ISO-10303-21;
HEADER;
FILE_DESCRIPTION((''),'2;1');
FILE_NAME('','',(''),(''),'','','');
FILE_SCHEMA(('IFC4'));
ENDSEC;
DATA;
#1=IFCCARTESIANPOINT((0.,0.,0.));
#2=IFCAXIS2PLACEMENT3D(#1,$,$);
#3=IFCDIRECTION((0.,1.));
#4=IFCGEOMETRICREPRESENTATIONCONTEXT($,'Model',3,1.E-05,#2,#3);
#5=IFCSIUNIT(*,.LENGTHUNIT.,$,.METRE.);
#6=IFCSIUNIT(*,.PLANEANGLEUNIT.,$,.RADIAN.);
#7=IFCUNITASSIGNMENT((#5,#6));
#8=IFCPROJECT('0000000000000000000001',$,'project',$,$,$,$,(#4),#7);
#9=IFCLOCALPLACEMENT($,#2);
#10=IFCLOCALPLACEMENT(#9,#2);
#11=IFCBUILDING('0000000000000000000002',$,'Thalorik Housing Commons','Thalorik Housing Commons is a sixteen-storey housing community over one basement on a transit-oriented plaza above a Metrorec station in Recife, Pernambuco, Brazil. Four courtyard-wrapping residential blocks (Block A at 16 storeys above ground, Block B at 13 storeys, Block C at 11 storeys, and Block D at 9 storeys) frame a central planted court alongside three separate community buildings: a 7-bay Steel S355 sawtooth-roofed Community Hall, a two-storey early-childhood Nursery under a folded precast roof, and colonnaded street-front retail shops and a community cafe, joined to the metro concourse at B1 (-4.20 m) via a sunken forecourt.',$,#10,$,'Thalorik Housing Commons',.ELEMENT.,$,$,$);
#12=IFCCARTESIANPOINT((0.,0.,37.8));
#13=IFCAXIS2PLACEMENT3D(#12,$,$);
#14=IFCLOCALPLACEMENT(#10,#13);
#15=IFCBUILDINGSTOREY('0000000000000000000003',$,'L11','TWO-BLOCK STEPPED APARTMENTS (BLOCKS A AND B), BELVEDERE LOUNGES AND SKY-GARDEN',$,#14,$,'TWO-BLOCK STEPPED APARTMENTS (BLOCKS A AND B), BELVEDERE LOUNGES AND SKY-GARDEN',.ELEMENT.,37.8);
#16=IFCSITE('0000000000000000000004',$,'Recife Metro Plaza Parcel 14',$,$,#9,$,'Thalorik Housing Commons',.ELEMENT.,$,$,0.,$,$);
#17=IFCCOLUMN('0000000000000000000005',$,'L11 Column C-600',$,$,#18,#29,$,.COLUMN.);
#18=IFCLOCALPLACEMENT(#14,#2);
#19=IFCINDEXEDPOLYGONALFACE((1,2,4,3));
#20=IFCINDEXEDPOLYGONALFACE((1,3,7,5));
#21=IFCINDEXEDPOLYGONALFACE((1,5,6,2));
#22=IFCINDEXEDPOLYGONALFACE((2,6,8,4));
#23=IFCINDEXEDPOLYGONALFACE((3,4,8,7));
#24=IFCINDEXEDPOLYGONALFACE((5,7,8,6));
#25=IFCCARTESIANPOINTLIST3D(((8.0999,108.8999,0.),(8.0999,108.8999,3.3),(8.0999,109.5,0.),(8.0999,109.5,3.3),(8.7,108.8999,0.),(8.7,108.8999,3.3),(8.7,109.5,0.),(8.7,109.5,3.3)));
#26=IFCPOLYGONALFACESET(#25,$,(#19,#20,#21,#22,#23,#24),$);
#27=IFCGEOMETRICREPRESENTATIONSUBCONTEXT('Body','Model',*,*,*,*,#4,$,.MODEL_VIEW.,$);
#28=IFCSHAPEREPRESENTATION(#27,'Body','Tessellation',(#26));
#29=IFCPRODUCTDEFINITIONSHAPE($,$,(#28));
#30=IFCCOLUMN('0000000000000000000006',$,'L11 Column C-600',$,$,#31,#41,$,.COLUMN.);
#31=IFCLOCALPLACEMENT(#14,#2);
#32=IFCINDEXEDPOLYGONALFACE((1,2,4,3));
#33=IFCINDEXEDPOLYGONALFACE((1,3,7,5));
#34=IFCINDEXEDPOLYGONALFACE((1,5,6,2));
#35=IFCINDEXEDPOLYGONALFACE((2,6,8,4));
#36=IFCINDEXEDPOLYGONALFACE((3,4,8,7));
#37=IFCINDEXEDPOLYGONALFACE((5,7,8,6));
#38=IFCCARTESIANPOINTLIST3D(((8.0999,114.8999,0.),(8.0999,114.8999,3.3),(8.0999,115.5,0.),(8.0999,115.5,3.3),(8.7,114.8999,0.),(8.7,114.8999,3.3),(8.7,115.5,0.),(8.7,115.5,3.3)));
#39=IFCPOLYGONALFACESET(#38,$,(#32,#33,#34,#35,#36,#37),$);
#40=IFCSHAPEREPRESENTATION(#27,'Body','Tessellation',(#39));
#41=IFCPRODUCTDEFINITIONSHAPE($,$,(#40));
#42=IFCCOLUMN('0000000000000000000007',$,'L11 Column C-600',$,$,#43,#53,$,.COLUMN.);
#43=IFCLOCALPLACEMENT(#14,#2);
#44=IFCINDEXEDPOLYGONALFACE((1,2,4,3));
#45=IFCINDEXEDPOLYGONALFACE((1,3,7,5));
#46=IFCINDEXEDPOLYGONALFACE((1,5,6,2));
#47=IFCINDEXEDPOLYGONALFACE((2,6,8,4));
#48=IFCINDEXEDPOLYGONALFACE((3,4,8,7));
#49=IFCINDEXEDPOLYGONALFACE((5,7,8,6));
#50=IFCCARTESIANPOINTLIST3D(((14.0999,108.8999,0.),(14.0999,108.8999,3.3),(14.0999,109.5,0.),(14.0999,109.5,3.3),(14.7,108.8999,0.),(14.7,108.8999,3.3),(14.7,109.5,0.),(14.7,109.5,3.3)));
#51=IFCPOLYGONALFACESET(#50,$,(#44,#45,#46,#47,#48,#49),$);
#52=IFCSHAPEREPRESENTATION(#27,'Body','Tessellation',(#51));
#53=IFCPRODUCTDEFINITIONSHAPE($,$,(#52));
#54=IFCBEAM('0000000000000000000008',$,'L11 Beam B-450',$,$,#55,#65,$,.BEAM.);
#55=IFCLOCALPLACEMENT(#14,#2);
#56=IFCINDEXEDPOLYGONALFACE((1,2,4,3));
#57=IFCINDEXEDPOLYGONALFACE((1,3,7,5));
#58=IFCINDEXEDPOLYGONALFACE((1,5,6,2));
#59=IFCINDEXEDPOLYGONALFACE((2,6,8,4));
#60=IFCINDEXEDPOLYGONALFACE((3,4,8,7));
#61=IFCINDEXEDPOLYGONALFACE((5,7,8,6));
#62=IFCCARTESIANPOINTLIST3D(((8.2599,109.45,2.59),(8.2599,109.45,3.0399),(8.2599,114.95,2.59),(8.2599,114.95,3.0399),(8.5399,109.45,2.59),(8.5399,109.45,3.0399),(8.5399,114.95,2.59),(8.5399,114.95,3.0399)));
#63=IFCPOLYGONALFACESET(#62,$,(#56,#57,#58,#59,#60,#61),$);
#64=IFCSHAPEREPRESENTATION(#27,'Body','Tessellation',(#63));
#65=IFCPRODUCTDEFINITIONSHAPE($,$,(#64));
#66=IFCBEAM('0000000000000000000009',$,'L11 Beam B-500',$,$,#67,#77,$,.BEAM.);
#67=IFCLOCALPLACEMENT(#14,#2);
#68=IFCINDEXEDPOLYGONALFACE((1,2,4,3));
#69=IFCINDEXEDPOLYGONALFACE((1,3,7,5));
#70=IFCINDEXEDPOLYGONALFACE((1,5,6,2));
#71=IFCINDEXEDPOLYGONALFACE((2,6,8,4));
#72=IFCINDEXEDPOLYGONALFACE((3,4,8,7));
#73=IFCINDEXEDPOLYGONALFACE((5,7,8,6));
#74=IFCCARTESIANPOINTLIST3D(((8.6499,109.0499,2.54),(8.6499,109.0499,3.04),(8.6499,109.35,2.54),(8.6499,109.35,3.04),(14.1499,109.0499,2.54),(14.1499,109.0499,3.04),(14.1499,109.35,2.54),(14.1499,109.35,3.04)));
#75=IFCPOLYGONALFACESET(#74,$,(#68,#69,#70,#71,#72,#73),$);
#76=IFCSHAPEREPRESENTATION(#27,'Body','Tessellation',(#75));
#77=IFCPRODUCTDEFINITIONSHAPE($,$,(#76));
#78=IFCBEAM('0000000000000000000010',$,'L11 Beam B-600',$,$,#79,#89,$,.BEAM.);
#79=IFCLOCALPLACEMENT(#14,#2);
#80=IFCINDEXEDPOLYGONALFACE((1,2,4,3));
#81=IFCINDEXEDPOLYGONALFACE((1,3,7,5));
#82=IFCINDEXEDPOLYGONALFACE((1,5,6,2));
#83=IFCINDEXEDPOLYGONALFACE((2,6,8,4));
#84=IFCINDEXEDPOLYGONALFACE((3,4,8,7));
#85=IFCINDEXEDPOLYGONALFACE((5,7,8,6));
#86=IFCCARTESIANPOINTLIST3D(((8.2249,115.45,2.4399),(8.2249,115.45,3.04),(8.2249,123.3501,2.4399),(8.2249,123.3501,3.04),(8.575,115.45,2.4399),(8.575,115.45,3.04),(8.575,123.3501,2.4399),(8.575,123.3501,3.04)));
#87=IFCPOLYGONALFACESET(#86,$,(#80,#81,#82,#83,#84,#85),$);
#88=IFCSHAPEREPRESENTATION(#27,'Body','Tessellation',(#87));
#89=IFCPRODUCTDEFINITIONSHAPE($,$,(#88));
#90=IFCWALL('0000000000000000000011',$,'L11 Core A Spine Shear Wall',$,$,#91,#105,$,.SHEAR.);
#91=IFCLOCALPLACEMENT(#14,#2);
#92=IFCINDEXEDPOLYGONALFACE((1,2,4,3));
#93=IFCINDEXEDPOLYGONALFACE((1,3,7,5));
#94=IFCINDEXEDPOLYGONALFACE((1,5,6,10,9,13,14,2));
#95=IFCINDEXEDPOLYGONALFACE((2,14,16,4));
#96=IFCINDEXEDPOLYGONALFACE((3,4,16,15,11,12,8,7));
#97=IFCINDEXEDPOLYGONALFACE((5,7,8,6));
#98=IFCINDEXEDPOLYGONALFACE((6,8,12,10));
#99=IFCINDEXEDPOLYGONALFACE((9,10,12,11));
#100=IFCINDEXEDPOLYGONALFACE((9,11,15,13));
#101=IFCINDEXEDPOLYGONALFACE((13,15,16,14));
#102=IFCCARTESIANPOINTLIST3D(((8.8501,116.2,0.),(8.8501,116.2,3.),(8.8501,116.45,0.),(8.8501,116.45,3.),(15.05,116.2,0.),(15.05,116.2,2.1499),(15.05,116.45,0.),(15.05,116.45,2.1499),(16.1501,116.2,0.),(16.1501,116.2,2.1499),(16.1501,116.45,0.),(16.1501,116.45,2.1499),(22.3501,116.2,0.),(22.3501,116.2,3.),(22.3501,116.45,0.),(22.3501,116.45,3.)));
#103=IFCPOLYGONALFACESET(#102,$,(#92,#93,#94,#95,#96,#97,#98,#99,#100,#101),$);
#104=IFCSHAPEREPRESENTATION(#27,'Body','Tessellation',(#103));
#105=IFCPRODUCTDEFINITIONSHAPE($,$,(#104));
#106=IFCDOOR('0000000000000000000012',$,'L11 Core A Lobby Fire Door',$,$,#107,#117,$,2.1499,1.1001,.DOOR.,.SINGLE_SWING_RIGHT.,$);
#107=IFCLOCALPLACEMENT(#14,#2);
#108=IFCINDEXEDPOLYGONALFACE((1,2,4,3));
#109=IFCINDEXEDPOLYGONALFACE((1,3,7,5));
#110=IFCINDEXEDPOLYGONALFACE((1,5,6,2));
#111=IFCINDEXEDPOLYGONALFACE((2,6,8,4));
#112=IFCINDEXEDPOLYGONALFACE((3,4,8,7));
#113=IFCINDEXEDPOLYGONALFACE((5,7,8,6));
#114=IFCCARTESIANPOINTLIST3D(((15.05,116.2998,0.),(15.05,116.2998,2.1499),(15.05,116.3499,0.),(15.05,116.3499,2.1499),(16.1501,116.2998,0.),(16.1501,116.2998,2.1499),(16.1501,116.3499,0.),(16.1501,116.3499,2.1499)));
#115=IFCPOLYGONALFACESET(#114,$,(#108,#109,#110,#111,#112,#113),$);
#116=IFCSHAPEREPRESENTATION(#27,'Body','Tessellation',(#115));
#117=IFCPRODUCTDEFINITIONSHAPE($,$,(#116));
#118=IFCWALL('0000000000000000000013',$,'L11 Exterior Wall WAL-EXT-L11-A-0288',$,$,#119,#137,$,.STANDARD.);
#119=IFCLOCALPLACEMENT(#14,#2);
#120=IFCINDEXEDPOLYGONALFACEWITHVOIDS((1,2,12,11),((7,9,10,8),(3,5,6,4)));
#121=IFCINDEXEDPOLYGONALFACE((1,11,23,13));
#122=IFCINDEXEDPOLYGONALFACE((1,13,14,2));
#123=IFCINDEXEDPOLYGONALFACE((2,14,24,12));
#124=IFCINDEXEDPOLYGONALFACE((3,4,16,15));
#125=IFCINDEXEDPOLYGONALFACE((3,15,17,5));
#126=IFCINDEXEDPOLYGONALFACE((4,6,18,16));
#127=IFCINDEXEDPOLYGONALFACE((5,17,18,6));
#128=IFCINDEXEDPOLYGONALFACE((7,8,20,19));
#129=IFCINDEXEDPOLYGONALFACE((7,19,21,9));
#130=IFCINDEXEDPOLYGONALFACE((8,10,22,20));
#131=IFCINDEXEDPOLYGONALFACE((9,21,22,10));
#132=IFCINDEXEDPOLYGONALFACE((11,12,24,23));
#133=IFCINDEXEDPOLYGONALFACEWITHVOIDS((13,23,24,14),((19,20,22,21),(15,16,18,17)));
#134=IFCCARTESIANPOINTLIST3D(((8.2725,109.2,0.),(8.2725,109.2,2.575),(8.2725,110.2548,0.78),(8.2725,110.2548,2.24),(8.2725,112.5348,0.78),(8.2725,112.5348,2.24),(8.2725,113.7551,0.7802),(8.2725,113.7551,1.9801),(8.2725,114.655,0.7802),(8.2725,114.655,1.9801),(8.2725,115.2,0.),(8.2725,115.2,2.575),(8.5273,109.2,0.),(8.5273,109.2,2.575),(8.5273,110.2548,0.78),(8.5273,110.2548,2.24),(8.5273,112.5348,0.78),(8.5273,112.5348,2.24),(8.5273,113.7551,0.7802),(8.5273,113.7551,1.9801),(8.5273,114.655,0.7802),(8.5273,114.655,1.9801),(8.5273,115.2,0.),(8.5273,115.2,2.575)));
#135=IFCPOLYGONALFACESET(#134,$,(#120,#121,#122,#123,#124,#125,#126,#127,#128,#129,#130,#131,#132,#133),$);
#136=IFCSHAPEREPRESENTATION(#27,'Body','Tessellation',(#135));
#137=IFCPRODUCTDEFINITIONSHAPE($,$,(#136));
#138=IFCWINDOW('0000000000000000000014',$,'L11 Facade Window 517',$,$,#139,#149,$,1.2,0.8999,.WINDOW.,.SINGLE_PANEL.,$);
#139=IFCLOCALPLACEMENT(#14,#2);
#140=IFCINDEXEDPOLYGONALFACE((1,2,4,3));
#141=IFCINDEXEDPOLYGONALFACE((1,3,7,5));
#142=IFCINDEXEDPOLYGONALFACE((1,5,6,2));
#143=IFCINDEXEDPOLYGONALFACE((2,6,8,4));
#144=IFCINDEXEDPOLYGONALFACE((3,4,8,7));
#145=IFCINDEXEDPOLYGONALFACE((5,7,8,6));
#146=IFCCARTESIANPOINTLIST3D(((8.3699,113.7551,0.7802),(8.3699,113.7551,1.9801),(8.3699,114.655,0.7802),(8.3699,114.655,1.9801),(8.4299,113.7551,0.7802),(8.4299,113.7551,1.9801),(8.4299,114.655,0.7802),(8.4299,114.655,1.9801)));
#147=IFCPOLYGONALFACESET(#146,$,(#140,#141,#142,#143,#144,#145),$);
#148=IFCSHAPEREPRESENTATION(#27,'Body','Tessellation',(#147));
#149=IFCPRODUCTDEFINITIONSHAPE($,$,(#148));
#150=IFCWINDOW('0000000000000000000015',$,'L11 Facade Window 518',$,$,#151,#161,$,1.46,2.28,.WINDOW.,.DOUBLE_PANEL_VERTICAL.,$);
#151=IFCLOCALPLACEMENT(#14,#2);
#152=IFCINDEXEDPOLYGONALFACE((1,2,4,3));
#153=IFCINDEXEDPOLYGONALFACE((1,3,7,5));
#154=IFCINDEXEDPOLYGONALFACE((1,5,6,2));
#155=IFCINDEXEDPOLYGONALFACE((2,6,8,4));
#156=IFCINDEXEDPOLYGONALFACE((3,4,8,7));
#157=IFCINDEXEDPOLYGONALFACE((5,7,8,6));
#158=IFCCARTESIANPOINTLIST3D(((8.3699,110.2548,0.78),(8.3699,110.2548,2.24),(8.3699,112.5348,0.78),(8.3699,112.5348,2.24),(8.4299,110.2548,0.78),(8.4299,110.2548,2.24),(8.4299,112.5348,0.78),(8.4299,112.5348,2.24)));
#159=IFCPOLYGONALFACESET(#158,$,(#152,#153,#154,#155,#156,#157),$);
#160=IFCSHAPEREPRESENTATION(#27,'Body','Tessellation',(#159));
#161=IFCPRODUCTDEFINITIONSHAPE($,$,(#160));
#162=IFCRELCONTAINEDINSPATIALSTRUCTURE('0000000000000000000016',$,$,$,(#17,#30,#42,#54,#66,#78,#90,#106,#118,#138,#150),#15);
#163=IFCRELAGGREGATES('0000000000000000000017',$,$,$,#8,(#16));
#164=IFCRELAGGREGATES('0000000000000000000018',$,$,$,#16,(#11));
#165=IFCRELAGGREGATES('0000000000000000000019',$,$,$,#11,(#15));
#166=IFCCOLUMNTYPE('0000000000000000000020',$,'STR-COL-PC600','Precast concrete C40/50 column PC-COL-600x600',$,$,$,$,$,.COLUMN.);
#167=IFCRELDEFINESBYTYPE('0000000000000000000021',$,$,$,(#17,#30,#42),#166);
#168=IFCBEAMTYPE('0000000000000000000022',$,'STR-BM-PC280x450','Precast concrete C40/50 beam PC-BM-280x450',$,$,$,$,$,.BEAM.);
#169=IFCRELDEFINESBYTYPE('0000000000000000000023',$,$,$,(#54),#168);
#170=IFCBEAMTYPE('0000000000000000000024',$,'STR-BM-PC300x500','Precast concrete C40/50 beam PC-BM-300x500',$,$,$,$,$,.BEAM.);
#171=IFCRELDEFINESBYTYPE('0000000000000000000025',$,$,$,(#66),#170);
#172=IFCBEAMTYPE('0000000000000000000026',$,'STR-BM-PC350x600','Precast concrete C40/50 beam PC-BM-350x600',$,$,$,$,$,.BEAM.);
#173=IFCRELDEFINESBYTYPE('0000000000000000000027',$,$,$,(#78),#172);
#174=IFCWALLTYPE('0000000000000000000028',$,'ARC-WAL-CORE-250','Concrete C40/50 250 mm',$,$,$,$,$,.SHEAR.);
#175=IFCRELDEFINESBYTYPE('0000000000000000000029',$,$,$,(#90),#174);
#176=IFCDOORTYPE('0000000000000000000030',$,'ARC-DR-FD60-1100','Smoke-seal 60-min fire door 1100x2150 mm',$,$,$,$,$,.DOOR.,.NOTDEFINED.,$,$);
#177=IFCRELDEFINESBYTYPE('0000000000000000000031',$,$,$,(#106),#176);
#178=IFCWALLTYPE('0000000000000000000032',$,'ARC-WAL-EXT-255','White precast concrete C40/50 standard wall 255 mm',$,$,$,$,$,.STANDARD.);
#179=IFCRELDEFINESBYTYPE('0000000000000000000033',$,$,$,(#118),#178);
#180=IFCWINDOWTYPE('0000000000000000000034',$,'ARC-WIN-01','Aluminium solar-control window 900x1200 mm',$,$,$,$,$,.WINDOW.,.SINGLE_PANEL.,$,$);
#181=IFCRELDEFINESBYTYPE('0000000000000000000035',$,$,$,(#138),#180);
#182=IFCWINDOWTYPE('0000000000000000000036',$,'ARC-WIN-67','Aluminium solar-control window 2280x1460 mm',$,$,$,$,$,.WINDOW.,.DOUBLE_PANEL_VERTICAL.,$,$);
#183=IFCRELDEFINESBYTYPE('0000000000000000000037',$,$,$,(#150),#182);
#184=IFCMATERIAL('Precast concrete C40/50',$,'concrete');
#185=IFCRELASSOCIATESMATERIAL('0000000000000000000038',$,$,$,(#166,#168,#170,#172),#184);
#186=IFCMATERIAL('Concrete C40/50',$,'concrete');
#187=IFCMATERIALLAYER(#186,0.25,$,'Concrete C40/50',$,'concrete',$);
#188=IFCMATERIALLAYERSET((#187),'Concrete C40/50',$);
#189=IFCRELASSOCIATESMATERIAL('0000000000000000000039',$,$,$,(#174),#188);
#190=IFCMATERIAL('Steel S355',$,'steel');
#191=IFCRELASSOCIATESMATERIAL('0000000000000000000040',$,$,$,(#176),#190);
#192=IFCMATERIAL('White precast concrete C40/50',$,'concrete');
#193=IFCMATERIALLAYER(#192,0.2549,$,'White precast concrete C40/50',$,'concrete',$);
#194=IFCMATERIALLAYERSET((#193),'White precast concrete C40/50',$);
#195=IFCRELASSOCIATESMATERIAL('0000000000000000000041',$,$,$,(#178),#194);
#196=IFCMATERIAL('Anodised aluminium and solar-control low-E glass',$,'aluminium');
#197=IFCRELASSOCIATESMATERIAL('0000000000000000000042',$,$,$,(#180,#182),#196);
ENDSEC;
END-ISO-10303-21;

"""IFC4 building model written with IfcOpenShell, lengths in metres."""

from ifc_helpers import new_model, si_unit, direction, frame, frame_2d, origin, origin_2d, place, context, subcontext, project, spatial, rectangle, extrude, material, layer, layer_set, material_profile, profile_set, type_object, element, fill, save


model = new_model("IFC4")

# Units and contexts
model_context = context("Model", 3, precision=1e-05, world=origin(), true_north=direction((0.0, 1.0)))
body_context = subcontext(model_context, "Body", "Model", "MODEL_VIEW")
ifc_project = project(units=[si_unit("LENGTHUNIT", "METRE"), si_unit("PLANEANGLEUNIT", "RADIAN")], contexts=[model_context])

# Site, building, storey
site_placement = place(None, origin())
site = spatial("IfcSite", under=ifc_project, at=site_placement, Name="Recife Metro Plaza Parcel 14", LongName="Thalorik Housing Commons", CompositionType="ELEMENT", RefElevation=0.0)
building_placement = place(site_placement, origin())
building = spatial("IfcBuilding", under=site, at=building_placement, Name="Thalorik Housing Commons", Description="Thalorik Housing Commons is a sixteen-storey housing community over one basement on a transit-oriented plaza above a Metrorec station in Recife, Pernambuco, Brazil. Four courtyard-wrapping residential blocks (Block A at 16 storeys above ground, Block B at 13 storeys, Block C at 11 storeys, and Block D at 9 storeys) frame a central planted court alongside three separate community buildings: a 7-bay Steel S355 sawtooth-roofed Community Hall, a two-storey early-childhood Nursery under a folded precast roof, and colonnaded street-front retail shops and a community cafe, joined to the metro concourse at B1 (-4.20 m) via a sunken forecourt.", LongName="Thalorik Housing Commons", CompositionType="ELEMENT")
storey_placement = place(building_placement, frame((0.0, 0.0, 37.8)))
storey = spatial("IfcBuildingStorey", under=building, at=storey_placement, Name="L11", Description="TWO-BLOCK STEPPED APARTMENTS (BLOCKS A AND B), BELVEDERE LOUNGES AND SKY-GARDEN", LongName="TWO-BLOCK STEPPED APARTMENTS (BLOCKS A AND B), BELVEDERE LOUNGES AND SKY-GARDEN", CompositionType="ELEMENT", Elevation=37.8)

# Columns
ifc_material_1 = material(Name="Precast concrete C40/50", Category="concrete")
ifc_material_profile_1 = material_profile(ifc_material_1, rectangle(XDim=0.6001, YDim=0.6001, at=origin_2d()), Name="PC 600x600", Category="concrete")
ifc_profile_set_1 = profile_set([ifc_material_profile_1], Name="Precast concrete C40/50")
column_type = type_object("IfcColumnType", Name="STR-COL-PC600", Description="Precast concrete C40/50 column PC-COL-600x600", PredefinedType="COLUMN", material=ifc_profile_set_1)
for number, where, z_axis, x_axis, name in (
    (1, (8.3999, 109.2, 0.0), (0.0, 0.0, 1.0), (1.0, 0.0, 0.0), "L11 Column C-600"),
    (2, (8.3999, 115.2, 0.0), (0.0, 0.0, 1.0), (1.0, 0.0, 0.0), "L11 Column C-600"),
    (3, (14.3999, 109.2, 0.0), (0.0, 0.0, 1.0), (1.0, 0.0, 0.0), "L11 Column C-600"),
):
    element("IfcColumn", number, at=place(storey_placement, frame(where, z_axis=z_axis, x_axis=x_axis)), inside=storey, type_object=column_type, Name=name, PredefinedType="COLUMN", context=body_context, shape_type="SweptSolid", body=[
        extrude(rectangle(XDim=0.6001, YDim=0.6001, at=origin_2d()), origin(), (0.0, 0.0, 1.0), 3.3),
    ])

# Beams
ifc_material_profile_2 = material_profile(ifc_material_1, rectangle(XDim=0.28, YDim=0.45, at=origin_2d()), Name="PC 280x450", Category="concrete")
ifc_profile_set_2 = profile_set([ifc_material_profile_2], Name="Precast concrete C40/50")
beam_type_1 = type_object("IfcBeamType", Name="STR-BM-PC280x450", Description="Precast concrete C40/50 beam PC-BM-280x450", PredefinedType="BEAM", material=ifc_profile_set_2)
beam_1_placement = place(storey_placement, frame((8.3999, 109.45, 2.8149), z_axis=(0.0, 1.0, 0.0), x_axis=(-1.0, 0.0, 0.0)))
element("IfcBeam", 4, at=beam_1_placement, inside=storey, type_object=beam_type_1, Name="L11 Beam B-450", PredefinedType="BEAM", context=body_context, shape_type="SweptSolid", body=[
    extrude(rectangle(XDim=0.28, YDim=0.45, at=origin_2d()), origin(), (0.0, 0.0, 1.0), 5.5),
])
ifc_material_profile_3 = material_profile(ifc_material_1, rectangle(XDim=0.3, YDim=0.5, at=origin_2d()), Name="PC 300x500", Category="concrete")
ifc_profile_set_3 = profile_set([ifc_material_profile_3], Name="Precast concrete C40/50")
beam_type_2 = type_object("IfcBeamType", Name="STR-BM-PC300x500", Description="Precast concrete C40/50 beam PC-BM-300x500", PredefinedType="BEAM", material=ifc_profile_set_3)
beam_2_placement = place(storey_placement, frame((8.6499, 109.2, 2.79), z_axis=(1.0, 0.0, 0.0), x_axis=(0.0, 1.0, 0.0)))
element("IfcBeam", 5, at=beam_2_placement, inside=storey, type_object=beam_type_2, Name="L11 Beam B-500", PredefinedType="BEAM", context=body_context, shape_type="SweptSolid", body=[
    extrude(rectangle(XDim=0.3, YDim=0.5, at=origin_2d()), origin(), (0.0, 0.0, 1.0), 5.5),
])
ifc_material_profile_4 = material_profile(ifc_material_1, rectangle(XDim=0.3501, YDim=0.6001, at=origin_2d()), Name="PC 350x600", Category="concrete")
ifc_profile_set_4 = profile_set([ifc_material_profile_4], Name="Precast concrete C40/50")
beam_type_3 = type_object("IfcBeamType", Name="STR-BM-PC350x600", Description="Precast concrete C40/50 beam PC-BM-350x600", PredefinedType="BEAM", material=ifc_profile_set_4)
beam_3_placement = place(storey_placement, frame((8.3999, 115.45, 2.74), z_axis=(0.0, 1.0, 0.0), x_axis=(-1.0, 0.0, 0.0)))
element("IfcBeam", 6, at=beam_3_placement, inside=storey, type_object=beam_type_3, Name="L11 Beam B-600", PredefinedType="BEAM", context=body_context, shape_type="SweptSolid", body=[
    extrude(rectangle(XDim=0.3501, YDim=0.6001, at=origin_2d()), origin(), (0.0, 0.0, 1.0), 7.9001),
])

# Wall, opening, door
ifc_material_2 = material(Name="Concrete C40/50", Category="concrete")
ifc_layer_1 = layer(ifc_material_2, 0.25, Name="Concrete C40/50", Category="concrete")
ifc_layer_set_1 = layer_set([ifc_layer_1], Name="Concrete C40/50")
wall_type_1 = type_object("IfcWallType", Name="ARC-WAL-CORE-250", Description="Concrete C40/50 250 mm", PredefinedType="SHEAR", material=ifc_layer_set_1)
ifc_material_3 = material(Name="Steel S355", Category="steel")
wall_1_placement = place(storey_placement, frame((8.8501, 116.325, 0.0), z_axis=(0.0, 0.0, 1.0), x_axis=(1.0, 0.0, 0.0)))
wall_1 = element("IfcWall", 7, at=wall_1_placement, inside=storey, type_object=wall_type_1, Name="L11 Core A Spine Shear Wall", PredefinedType="SHEAR", context=body_context, shape_type="SweptSolid", body=[
    extrude(rectangle(XDim=13.5, YDim=0.25, at=frame_2d((6.75, 0.0))), origin(), (0.0, 0.0, 1.0), 3.0),
])
opening_1_placement = place(wall_1_placement, frame((6.2, 0.0, 0.0)))
opening_1 = element("IfcOpeningElement", 8, at=opening_1_placement, cuts=wall_1, PredefinedType="OPENING", context=body_context, shape_type="SweptSolid", body=[
    extrude(rectangle(XDim=1.1001, YDim=2.1499, at=frame_2d((0.55, 1.075))), frame((0.0, 0.135, 0.0), z_axis=(0.0, -1.0, 0.0), x_axis=(1.0, 0.0, 0.0)), (0.0, 0.0, 1.0), 0.27),
])
door_type_1 = type_object("IfcDoorType", Name="ARC-DR-FD60-1100", Description="Smoke-seal 60-min fire door 1100x2150 mm", OperationType="NOTDEFINED", PredefinedType="DOOR", material=ifc_material_3)
door_1_placement = place(opening_1_placement, origin())
door_1 = element("IfcDoor", 9, at=door_1_placement, inside=storey, type_object=door_type_1, Name="L11 Core A Lobby Fire Door", OperationType="SINGLE_SWING_RIGHT", OverallHeight=2.1499, OverallWidth=1.1001, PredefinedType="DOOR", context=body_context, shape_type="SweptSolid", body=[
    extrude(rectangle(XDim=1.1001, YDim=2.1499, at=frame_2d((0.55, 1.075))), frame((0.0, 0.0249, 0.0), z_axis=(0.0, -1.0, 0.0), x_axis=(1.0, 0.0, 0.0)), (0.0, 0.0, 1.0), 0.05),
])
fill(opening_1, door_1)

# Wall, openings, windows
ifc_material_4 = material(Name="White precast concrete C40/50", Category="concrete")
ifc_layer_2 = layer(ifc_material_4, 0.2549, Name="White precast concrete C40/50", Category="concrete")
ifc_layer_set_2 = layer_set([ifc_layer_2], Name="White precast concrete C40/50")
wall_type_2 = type_object("IfcWallType", Name="ARC-WAL-EXT-255", Description="White precast concrete C40/50 standard wall 255 mm", PredefinedType="STANDARD", material=ifc_layer_set_2)
wall_2_placement = place(storey_placement, frame((8.3999, 115.2, 0.0), z_axis=(0.0, 0.0, 1.0), x_axis=(0.0, -1.0, 0.0)))
wall_2 = element("IfcWall", 10, at=wall_2_placement, inside=storey, type_object=wall_type_2, Name="L11 Exterior Wall WAL-EXT-L11-A-0288", PredefinedType="STANDARD", context=body_context, shape_type="SweptSolid", body=[
    extrude(rectangle(XDim=6.0, YDim=0.2549, at=frame_2d((3.0, 0.0))), origin(), (0.0, 0.0, 1.0), 2.575),
])
opening_2_placement = place(wall_2_placement, frame((0.5449, 0.0, 0.78)))
opening_2 = element("IfcOpeningElement", 11, at=opening_2_placement, cuts=wall_2, PredefinedType="OPENING", context=body_context, shape_type="SweptSolid", body=[
    extrude(rectangle(XDim=0.8999, YDim=1.2, at=frame_2d((0.45, 0.6001))), frame((0.0, 0.1375, 0.0), z_axis=(0.0, -1.0, 0.0), x_axis=(1.0, 0.0, 0.0)), (0.0, 0.0, 1.0), 0.2749),
])
opening_3_placement = place(wall_2_placement, frame((2.665, 0.0, 0.78)))
opening_3 = element("IfcOpeningElement", 12, at=opening_3_placement, cuts=wall_2, PredefinedType="OPENING", context=body_context, shape_type="SweptSolid", body=[
    extrude(rectangle(XDim=2.28, YDim=1.46, at=frame_2d((1.1401, 0.73))), frame((0.0, 0.1375, 0.0), z_axis=(0.0, -1.0, 0.0), x_axis=(1.0, 0.0, 0.0)), (0.0, 0.0, 1.0), 0.2749),
])
ifc_material_5 = material(Name="Anodised aluminium and solar-control low-E glass", Category="aluminium")
window_type_1 = type_object("IfcWindowType", Name="ARC-WIN-01", Description="Aluminium solar-control window 900x1200 mm", PartitioningType="SINGLE_PANEL", PredefinedType="WINDOW", material=ifc_material_5)
window_1_placement = place(opening_2_placement, origin())
window_1 = element("IfcWindow", 13, at=window_1_placement, inside=storey, type_object=window_type_1, Name="L11 Facade Window 517", OverallHeight=1.2, OverallWidth=0.8999, PartitioningType="SINGLE_PANEL", PredefinedType="WINDOW", context=body_context, shape_type="SweptSolid", body=[
    extrude(rectangle(XDim=0.8999, YDim=1.2, at=frame_2d((0.45, 0.6001))), frame((0.0, 0.03, 0.0), z_axis=(0.0, -1.0, 0.0), x_axis=(1.0, 0.0, 0.0)), (0.0, 0.0, 1.0), 0.0601),
])
fill(opening_2, window_1)
window_type_2 = type_object("IfcWindowType", Name="ARC-WIN-67", Description="Aluminium solar-control window 2280x1460 mm", PartitioningType="DOUBLE_PANEL_VERTICAL", PredefinedType="WINDOW", material=ifc_material_5)
window_2_placement = place(opening_3_placement, origin())
window_2 = element("IfcWindow", 14, at=window_2_placement, inside=storey, type_object=window_type_2, Name="L11 Facade Window 518", OverallHeight=1.46, OverallWidth=2.28, PartitioningType="DOUBLE_PANEL_VERTICAL", PredefinedType="WINDOW", context=body_context, shape_type="SweptSolid", body=[
    extrude(rectangle(XDim=2.28, YDim=1.46, at=frame_2d((1.1401, 0.73))), frame((0.0, 0.03, 0.0), z_axis=(0.0, -1.0, 0.0), x_axis=(1.0, 0.0, 0.0)), (0.0, 0.0, 1.0), 0.0601),
])
fill(opening_3, window_2)

save(model, "model.ifc")
